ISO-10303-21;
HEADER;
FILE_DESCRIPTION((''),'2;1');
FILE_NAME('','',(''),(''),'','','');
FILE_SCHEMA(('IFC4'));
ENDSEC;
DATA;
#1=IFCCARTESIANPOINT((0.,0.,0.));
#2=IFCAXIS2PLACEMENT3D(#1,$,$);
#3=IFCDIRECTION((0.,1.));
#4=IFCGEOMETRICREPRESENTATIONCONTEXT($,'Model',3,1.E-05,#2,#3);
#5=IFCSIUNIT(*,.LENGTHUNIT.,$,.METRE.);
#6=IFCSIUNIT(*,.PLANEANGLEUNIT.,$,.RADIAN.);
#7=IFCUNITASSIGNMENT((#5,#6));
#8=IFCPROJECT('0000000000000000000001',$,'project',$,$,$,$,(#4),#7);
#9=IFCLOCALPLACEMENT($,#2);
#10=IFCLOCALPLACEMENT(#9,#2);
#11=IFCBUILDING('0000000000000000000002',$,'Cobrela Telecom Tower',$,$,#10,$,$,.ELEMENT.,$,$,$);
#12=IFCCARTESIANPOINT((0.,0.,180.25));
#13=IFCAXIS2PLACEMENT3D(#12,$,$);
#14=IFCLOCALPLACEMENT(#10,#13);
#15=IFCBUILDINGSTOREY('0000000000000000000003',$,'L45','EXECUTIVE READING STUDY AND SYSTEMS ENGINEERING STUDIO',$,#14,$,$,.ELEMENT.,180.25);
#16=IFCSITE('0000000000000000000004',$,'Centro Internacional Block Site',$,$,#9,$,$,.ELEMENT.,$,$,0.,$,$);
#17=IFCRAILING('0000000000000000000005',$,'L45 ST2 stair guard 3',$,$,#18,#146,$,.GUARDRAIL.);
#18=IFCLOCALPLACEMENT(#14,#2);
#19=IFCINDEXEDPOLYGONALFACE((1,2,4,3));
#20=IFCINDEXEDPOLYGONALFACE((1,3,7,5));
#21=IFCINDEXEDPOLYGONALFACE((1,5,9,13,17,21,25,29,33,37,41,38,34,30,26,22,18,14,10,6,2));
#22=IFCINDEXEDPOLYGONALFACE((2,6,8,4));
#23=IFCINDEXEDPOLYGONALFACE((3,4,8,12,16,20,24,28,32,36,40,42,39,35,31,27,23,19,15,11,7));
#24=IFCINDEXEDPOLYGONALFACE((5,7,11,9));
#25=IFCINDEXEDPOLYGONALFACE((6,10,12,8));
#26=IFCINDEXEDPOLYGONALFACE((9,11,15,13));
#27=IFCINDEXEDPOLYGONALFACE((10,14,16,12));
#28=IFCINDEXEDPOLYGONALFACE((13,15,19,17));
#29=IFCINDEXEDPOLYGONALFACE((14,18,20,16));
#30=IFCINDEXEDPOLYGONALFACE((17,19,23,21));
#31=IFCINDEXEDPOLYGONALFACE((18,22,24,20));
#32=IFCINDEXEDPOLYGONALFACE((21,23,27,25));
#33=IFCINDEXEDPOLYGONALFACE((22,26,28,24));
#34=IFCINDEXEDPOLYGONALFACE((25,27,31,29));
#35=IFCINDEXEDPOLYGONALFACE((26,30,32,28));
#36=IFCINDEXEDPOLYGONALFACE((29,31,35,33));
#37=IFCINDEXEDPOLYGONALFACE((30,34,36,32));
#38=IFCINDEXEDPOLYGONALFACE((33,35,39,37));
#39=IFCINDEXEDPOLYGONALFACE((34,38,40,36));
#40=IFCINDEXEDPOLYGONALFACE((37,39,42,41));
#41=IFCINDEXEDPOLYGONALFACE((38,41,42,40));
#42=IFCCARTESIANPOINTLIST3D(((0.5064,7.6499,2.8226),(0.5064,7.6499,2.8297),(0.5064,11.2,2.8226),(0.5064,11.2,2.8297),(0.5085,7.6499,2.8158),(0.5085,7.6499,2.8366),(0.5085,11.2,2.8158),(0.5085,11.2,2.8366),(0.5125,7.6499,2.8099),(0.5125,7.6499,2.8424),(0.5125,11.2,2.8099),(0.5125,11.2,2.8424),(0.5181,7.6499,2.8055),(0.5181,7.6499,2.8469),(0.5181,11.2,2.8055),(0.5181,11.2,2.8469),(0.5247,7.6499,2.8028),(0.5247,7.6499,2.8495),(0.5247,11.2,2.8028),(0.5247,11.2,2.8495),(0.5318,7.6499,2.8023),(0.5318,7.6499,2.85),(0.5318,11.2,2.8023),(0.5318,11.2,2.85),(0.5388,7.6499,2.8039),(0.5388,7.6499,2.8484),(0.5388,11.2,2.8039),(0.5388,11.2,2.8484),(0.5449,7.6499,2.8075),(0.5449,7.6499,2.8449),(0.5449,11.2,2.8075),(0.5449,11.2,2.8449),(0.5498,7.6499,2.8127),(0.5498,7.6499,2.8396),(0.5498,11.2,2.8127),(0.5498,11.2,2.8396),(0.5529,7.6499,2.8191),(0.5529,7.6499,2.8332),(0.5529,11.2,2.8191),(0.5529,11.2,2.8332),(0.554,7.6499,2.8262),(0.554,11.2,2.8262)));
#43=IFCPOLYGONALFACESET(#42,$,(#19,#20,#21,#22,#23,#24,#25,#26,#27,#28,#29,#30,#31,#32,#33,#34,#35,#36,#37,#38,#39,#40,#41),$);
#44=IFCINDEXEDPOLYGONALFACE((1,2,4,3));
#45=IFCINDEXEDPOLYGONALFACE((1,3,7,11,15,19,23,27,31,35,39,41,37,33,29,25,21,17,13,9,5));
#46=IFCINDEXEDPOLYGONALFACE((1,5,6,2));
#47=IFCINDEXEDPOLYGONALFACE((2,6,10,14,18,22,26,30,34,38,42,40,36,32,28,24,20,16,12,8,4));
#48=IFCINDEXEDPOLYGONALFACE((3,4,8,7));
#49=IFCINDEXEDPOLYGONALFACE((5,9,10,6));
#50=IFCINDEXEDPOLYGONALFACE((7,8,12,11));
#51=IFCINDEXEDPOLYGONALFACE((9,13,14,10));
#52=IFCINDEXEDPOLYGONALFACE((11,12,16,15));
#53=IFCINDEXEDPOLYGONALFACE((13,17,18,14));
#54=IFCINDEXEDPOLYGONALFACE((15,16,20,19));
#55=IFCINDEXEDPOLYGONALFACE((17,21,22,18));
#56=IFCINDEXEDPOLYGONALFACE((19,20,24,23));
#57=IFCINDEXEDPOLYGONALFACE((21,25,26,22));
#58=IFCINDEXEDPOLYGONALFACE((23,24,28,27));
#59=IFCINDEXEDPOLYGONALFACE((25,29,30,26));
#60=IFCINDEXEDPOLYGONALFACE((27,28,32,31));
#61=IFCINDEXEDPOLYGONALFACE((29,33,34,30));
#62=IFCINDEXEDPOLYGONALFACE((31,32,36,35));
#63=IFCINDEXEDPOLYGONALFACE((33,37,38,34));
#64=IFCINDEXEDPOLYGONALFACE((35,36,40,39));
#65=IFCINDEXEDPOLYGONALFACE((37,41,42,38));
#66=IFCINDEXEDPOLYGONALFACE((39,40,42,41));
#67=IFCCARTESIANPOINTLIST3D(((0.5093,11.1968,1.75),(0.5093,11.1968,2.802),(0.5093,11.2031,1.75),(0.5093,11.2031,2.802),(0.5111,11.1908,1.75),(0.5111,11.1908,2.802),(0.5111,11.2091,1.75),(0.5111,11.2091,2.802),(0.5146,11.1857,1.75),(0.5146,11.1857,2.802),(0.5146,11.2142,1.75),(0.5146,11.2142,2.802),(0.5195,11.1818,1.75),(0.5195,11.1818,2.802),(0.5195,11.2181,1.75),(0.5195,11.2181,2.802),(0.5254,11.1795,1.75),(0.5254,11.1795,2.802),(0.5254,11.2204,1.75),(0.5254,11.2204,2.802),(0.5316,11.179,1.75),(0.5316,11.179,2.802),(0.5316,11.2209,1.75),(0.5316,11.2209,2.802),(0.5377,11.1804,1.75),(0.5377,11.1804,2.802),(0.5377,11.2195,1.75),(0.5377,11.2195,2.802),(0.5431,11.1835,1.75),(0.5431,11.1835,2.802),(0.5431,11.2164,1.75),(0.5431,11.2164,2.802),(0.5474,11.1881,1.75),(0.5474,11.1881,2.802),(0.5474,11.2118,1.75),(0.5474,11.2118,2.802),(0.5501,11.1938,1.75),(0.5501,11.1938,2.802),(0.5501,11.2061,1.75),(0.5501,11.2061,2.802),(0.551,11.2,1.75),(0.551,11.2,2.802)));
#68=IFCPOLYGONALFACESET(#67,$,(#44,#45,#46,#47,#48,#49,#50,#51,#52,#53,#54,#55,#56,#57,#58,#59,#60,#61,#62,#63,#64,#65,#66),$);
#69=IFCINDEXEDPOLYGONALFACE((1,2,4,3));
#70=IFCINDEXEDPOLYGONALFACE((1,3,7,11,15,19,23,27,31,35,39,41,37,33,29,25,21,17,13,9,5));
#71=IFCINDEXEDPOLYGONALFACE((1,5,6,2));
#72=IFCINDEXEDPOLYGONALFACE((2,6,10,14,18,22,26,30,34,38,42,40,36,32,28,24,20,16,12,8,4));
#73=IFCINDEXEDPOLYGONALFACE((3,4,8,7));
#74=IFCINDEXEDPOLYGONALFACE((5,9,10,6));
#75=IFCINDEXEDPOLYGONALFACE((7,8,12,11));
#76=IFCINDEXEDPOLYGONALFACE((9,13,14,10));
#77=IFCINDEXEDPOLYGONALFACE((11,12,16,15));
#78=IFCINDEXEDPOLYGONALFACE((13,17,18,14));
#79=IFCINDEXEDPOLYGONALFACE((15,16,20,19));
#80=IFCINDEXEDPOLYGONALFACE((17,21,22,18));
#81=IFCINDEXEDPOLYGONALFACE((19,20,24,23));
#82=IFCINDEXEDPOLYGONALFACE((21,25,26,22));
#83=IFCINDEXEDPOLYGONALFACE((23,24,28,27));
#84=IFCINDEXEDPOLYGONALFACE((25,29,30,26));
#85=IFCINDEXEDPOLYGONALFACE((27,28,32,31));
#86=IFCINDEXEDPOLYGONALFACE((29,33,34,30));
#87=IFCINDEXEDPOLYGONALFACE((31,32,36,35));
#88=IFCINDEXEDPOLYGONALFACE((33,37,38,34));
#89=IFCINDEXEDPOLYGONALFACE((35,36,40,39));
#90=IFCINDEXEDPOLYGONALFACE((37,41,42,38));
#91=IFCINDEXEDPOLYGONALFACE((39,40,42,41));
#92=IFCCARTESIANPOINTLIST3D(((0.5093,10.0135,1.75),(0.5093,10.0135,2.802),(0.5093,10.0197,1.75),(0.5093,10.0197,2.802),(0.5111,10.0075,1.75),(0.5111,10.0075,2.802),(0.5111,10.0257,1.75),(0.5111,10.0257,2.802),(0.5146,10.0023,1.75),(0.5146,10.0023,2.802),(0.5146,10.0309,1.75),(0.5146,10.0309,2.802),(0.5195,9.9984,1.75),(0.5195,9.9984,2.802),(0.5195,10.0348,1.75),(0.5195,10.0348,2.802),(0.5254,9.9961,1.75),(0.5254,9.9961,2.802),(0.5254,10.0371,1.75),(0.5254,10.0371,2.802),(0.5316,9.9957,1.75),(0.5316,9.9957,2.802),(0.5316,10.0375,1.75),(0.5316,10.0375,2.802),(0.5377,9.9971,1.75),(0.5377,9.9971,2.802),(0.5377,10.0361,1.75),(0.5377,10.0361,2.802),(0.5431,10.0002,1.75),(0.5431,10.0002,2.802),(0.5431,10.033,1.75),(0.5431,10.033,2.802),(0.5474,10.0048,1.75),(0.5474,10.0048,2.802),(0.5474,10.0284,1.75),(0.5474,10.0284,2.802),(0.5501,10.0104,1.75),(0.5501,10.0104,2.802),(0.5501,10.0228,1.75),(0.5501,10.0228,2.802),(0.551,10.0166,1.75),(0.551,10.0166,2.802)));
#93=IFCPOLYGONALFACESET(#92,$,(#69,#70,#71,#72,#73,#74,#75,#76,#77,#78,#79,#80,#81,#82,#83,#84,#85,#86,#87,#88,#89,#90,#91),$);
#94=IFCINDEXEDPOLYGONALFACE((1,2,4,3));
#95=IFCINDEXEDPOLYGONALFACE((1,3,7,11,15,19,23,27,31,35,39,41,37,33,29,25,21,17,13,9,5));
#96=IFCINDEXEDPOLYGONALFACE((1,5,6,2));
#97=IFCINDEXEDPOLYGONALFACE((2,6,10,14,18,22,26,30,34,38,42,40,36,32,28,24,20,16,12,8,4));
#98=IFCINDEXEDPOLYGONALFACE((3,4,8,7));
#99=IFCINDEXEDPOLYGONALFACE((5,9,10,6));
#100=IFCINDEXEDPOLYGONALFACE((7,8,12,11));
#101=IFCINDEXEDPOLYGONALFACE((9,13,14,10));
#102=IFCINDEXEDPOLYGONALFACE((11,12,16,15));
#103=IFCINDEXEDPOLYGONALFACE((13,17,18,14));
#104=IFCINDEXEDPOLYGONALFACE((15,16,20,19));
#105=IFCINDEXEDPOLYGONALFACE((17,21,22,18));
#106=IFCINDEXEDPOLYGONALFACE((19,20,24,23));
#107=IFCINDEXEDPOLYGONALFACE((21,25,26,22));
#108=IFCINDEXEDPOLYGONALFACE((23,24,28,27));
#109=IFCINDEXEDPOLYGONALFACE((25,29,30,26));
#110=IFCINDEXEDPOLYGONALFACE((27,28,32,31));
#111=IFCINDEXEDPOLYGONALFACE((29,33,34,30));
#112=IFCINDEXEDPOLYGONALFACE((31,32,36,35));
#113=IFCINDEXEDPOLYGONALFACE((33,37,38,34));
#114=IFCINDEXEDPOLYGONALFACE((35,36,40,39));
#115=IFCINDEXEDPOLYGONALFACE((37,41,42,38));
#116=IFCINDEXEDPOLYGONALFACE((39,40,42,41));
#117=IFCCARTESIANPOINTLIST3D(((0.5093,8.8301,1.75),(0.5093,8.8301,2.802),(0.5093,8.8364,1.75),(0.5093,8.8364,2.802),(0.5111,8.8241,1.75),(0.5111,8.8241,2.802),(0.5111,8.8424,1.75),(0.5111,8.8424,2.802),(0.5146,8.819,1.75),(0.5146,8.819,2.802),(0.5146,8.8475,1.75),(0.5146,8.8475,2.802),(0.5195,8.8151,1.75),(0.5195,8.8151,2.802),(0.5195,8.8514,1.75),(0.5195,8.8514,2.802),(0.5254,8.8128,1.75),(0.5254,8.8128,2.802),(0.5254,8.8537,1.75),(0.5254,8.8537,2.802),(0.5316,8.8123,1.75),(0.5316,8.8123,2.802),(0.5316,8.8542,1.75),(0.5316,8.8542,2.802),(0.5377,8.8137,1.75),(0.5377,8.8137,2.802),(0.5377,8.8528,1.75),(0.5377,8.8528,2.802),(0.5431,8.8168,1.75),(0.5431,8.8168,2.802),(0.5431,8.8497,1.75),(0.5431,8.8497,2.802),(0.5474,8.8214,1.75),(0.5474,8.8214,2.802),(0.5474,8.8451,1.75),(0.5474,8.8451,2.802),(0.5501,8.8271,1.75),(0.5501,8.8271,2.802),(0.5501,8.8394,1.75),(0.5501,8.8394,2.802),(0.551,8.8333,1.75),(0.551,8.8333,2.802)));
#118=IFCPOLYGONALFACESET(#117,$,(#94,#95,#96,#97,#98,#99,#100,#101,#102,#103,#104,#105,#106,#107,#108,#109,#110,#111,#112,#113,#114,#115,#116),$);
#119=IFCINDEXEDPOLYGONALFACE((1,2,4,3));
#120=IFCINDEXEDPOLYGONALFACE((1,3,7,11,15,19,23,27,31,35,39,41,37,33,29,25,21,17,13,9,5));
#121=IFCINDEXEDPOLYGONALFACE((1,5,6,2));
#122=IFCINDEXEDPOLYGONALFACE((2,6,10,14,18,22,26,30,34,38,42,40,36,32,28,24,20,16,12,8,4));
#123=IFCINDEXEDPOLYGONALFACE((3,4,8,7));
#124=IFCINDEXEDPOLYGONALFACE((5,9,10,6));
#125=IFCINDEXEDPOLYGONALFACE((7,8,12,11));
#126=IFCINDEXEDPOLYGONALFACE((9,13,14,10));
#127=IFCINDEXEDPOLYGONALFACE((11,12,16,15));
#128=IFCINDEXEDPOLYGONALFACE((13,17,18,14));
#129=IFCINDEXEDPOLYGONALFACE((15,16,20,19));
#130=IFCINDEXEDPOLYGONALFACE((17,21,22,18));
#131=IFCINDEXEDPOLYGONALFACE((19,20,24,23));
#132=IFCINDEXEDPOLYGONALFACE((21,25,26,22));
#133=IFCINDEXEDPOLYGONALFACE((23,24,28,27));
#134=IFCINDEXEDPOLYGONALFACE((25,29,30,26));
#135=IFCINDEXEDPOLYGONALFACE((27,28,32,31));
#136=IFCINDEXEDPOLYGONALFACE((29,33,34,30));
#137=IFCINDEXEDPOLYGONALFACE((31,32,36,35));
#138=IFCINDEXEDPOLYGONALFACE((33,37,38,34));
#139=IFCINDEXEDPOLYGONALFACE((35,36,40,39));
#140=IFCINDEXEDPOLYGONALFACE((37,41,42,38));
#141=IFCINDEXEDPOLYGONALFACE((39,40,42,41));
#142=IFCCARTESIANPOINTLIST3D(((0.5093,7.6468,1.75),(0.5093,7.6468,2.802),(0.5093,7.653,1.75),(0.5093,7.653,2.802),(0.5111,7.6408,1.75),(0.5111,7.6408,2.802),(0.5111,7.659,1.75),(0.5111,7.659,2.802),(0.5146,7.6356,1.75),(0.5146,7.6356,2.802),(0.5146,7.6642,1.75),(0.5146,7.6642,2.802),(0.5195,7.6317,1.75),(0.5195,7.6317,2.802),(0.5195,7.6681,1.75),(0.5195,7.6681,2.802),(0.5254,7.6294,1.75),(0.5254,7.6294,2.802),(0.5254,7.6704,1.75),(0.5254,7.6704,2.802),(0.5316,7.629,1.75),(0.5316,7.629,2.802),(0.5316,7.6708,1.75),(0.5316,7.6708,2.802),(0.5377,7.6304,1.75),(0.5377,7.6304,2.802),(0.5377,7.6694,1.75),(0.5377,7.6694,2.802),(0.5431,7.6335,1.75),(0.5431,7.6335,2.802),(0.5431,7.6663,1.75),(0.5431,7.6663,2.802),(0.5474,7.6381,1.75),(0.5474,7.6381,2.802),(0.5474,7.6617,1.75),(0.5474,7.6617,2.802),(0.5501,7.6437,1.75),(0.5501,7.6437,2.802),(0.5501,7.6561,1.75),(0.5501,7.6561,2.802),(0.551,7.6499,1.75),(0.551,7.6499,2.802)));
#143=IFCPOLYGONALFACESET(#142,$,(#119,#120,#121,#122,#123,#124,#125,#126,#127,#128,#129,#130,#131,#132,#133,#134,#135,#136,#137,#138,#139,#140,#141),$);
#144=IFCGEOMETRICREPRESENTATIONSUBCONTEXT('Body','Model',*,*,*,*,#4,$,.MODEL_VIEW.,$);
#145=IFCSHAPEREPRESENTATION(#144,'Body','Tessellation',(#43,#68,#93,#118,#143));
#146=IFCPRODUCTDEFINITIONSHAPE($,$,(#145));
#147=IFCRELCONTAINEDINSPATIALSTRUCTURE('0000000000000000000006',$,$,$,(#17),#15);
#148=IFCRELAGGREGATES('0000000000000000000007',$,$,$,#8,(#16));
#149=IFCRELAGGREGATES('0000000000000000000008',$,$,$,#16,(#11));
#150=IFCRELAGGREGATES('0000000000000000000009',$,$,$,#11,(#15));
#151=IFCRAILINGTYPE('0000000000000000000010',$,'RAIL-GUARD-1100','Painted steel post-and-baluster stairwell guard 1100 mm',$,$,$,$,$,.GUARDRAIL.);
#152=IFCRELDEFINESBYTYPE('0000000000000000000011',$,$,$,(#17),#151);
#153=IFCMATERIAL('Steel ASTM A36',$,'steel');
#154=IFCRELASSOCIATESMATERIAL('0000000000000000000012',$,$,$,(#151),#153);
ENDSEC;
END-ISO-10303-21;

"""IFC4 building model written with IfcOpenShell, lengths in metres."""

from ifc_helpers import new_model, si_unit, direction, frame, origin, origin_2d, place, context, subcontext, project, spatial, circle, extrude, material, type_object, element, save


model = new_model("IFC4")

# Units and contexts
model_context = context("Model", 3, precision=1e-05, world=origin(), true_north=direction((0.0, 1.0)))
body_context = subcontext(model_context, "Body", "Model", "MODEL_VIEW")
ifc_project = project(units=[si_unit("LENGTHUNIT", "METRE"), si_unit("PLANEANGLEUNIT", "RADIAN")], contexts=[model_context])

# Site, building, storey
site_placement = place(None, origin())
site = spatial("IfcSite", under=ifc_project, at=site_placement, Name="Centro Internacional Block Site", CompositionType="ELEMENT", RefElevation=0.0)
building_placement = place(site_placement, origin())
building = spatial("IfcBuilding", under=site, at=building_placement, Name="Cobrela Telecom Tower", CompositionType="ELEMENT")
storey_placement = place(building_placement, frame((0.0, 0.0, 180.25)))
storey = spatial("IfcBuildingStorey", under=building, at=storey_placement, Name="L45", Description="EXECUTIVE READING STUDY AND SYSTEMS ENGINEERING STUDIO", CompositionType="ELEMENT", Elevation=180.25)

# Shared definitions
ifc_material_1 = material(Name="Steel ASTM A36", Category="steel")

# Railing
railing_type = type_object("IfcRailingType", Name="RAIL-GUARD-1100", Description="Painted steel post-and-baluster stairwell guard 1100 mm", PredefinedType="GUARDRAIL", material=ifc_material_1)
railing_1_placement = place(storey_placement, frame((0.53, 11.2, 1.75)))
element("IfcRailing", 1, at=railing_1_placement, inside=storey, type_object=railing_type, Name="L45 ST2 stair guard 3", PredefinedType="GUARDRAIL", context=body_context, shape_type="SweptSolid", body=[
    extrude(circle(Radius=0.0239, at=origin_2d()), frame((0.0, 0.0, 1.0762), z_axis=(0.0, -1.0, 0.0), x_axis=(1.0, 0.0, 0.0)), (0.0, 0.0, 1.0), 3.55),
    extrude(circle(Radius=0.021, at=origin_2d()), origin(), (0.0, 0.0, 1.0), 1.052),
    extrude(circle(Radius=0.021, at=origin_2d()), frame((0.0, -1.1833, 0.0)), (0.0, 0.0, 1.0), 1.052),
    extrude(circle(Radius=0.021, at=origin_2d()), frame((0.0, -2.3667, 0.0)), (0.0, 0.0, 1.0), 1.052),
    extrude(circle(Radius=0.021, at=origin_2d()), frame((0.0, -3.55, 0.0)), (0.0, 0.0, 1.0), 1.052),
])

save(model, "model.ifc")
